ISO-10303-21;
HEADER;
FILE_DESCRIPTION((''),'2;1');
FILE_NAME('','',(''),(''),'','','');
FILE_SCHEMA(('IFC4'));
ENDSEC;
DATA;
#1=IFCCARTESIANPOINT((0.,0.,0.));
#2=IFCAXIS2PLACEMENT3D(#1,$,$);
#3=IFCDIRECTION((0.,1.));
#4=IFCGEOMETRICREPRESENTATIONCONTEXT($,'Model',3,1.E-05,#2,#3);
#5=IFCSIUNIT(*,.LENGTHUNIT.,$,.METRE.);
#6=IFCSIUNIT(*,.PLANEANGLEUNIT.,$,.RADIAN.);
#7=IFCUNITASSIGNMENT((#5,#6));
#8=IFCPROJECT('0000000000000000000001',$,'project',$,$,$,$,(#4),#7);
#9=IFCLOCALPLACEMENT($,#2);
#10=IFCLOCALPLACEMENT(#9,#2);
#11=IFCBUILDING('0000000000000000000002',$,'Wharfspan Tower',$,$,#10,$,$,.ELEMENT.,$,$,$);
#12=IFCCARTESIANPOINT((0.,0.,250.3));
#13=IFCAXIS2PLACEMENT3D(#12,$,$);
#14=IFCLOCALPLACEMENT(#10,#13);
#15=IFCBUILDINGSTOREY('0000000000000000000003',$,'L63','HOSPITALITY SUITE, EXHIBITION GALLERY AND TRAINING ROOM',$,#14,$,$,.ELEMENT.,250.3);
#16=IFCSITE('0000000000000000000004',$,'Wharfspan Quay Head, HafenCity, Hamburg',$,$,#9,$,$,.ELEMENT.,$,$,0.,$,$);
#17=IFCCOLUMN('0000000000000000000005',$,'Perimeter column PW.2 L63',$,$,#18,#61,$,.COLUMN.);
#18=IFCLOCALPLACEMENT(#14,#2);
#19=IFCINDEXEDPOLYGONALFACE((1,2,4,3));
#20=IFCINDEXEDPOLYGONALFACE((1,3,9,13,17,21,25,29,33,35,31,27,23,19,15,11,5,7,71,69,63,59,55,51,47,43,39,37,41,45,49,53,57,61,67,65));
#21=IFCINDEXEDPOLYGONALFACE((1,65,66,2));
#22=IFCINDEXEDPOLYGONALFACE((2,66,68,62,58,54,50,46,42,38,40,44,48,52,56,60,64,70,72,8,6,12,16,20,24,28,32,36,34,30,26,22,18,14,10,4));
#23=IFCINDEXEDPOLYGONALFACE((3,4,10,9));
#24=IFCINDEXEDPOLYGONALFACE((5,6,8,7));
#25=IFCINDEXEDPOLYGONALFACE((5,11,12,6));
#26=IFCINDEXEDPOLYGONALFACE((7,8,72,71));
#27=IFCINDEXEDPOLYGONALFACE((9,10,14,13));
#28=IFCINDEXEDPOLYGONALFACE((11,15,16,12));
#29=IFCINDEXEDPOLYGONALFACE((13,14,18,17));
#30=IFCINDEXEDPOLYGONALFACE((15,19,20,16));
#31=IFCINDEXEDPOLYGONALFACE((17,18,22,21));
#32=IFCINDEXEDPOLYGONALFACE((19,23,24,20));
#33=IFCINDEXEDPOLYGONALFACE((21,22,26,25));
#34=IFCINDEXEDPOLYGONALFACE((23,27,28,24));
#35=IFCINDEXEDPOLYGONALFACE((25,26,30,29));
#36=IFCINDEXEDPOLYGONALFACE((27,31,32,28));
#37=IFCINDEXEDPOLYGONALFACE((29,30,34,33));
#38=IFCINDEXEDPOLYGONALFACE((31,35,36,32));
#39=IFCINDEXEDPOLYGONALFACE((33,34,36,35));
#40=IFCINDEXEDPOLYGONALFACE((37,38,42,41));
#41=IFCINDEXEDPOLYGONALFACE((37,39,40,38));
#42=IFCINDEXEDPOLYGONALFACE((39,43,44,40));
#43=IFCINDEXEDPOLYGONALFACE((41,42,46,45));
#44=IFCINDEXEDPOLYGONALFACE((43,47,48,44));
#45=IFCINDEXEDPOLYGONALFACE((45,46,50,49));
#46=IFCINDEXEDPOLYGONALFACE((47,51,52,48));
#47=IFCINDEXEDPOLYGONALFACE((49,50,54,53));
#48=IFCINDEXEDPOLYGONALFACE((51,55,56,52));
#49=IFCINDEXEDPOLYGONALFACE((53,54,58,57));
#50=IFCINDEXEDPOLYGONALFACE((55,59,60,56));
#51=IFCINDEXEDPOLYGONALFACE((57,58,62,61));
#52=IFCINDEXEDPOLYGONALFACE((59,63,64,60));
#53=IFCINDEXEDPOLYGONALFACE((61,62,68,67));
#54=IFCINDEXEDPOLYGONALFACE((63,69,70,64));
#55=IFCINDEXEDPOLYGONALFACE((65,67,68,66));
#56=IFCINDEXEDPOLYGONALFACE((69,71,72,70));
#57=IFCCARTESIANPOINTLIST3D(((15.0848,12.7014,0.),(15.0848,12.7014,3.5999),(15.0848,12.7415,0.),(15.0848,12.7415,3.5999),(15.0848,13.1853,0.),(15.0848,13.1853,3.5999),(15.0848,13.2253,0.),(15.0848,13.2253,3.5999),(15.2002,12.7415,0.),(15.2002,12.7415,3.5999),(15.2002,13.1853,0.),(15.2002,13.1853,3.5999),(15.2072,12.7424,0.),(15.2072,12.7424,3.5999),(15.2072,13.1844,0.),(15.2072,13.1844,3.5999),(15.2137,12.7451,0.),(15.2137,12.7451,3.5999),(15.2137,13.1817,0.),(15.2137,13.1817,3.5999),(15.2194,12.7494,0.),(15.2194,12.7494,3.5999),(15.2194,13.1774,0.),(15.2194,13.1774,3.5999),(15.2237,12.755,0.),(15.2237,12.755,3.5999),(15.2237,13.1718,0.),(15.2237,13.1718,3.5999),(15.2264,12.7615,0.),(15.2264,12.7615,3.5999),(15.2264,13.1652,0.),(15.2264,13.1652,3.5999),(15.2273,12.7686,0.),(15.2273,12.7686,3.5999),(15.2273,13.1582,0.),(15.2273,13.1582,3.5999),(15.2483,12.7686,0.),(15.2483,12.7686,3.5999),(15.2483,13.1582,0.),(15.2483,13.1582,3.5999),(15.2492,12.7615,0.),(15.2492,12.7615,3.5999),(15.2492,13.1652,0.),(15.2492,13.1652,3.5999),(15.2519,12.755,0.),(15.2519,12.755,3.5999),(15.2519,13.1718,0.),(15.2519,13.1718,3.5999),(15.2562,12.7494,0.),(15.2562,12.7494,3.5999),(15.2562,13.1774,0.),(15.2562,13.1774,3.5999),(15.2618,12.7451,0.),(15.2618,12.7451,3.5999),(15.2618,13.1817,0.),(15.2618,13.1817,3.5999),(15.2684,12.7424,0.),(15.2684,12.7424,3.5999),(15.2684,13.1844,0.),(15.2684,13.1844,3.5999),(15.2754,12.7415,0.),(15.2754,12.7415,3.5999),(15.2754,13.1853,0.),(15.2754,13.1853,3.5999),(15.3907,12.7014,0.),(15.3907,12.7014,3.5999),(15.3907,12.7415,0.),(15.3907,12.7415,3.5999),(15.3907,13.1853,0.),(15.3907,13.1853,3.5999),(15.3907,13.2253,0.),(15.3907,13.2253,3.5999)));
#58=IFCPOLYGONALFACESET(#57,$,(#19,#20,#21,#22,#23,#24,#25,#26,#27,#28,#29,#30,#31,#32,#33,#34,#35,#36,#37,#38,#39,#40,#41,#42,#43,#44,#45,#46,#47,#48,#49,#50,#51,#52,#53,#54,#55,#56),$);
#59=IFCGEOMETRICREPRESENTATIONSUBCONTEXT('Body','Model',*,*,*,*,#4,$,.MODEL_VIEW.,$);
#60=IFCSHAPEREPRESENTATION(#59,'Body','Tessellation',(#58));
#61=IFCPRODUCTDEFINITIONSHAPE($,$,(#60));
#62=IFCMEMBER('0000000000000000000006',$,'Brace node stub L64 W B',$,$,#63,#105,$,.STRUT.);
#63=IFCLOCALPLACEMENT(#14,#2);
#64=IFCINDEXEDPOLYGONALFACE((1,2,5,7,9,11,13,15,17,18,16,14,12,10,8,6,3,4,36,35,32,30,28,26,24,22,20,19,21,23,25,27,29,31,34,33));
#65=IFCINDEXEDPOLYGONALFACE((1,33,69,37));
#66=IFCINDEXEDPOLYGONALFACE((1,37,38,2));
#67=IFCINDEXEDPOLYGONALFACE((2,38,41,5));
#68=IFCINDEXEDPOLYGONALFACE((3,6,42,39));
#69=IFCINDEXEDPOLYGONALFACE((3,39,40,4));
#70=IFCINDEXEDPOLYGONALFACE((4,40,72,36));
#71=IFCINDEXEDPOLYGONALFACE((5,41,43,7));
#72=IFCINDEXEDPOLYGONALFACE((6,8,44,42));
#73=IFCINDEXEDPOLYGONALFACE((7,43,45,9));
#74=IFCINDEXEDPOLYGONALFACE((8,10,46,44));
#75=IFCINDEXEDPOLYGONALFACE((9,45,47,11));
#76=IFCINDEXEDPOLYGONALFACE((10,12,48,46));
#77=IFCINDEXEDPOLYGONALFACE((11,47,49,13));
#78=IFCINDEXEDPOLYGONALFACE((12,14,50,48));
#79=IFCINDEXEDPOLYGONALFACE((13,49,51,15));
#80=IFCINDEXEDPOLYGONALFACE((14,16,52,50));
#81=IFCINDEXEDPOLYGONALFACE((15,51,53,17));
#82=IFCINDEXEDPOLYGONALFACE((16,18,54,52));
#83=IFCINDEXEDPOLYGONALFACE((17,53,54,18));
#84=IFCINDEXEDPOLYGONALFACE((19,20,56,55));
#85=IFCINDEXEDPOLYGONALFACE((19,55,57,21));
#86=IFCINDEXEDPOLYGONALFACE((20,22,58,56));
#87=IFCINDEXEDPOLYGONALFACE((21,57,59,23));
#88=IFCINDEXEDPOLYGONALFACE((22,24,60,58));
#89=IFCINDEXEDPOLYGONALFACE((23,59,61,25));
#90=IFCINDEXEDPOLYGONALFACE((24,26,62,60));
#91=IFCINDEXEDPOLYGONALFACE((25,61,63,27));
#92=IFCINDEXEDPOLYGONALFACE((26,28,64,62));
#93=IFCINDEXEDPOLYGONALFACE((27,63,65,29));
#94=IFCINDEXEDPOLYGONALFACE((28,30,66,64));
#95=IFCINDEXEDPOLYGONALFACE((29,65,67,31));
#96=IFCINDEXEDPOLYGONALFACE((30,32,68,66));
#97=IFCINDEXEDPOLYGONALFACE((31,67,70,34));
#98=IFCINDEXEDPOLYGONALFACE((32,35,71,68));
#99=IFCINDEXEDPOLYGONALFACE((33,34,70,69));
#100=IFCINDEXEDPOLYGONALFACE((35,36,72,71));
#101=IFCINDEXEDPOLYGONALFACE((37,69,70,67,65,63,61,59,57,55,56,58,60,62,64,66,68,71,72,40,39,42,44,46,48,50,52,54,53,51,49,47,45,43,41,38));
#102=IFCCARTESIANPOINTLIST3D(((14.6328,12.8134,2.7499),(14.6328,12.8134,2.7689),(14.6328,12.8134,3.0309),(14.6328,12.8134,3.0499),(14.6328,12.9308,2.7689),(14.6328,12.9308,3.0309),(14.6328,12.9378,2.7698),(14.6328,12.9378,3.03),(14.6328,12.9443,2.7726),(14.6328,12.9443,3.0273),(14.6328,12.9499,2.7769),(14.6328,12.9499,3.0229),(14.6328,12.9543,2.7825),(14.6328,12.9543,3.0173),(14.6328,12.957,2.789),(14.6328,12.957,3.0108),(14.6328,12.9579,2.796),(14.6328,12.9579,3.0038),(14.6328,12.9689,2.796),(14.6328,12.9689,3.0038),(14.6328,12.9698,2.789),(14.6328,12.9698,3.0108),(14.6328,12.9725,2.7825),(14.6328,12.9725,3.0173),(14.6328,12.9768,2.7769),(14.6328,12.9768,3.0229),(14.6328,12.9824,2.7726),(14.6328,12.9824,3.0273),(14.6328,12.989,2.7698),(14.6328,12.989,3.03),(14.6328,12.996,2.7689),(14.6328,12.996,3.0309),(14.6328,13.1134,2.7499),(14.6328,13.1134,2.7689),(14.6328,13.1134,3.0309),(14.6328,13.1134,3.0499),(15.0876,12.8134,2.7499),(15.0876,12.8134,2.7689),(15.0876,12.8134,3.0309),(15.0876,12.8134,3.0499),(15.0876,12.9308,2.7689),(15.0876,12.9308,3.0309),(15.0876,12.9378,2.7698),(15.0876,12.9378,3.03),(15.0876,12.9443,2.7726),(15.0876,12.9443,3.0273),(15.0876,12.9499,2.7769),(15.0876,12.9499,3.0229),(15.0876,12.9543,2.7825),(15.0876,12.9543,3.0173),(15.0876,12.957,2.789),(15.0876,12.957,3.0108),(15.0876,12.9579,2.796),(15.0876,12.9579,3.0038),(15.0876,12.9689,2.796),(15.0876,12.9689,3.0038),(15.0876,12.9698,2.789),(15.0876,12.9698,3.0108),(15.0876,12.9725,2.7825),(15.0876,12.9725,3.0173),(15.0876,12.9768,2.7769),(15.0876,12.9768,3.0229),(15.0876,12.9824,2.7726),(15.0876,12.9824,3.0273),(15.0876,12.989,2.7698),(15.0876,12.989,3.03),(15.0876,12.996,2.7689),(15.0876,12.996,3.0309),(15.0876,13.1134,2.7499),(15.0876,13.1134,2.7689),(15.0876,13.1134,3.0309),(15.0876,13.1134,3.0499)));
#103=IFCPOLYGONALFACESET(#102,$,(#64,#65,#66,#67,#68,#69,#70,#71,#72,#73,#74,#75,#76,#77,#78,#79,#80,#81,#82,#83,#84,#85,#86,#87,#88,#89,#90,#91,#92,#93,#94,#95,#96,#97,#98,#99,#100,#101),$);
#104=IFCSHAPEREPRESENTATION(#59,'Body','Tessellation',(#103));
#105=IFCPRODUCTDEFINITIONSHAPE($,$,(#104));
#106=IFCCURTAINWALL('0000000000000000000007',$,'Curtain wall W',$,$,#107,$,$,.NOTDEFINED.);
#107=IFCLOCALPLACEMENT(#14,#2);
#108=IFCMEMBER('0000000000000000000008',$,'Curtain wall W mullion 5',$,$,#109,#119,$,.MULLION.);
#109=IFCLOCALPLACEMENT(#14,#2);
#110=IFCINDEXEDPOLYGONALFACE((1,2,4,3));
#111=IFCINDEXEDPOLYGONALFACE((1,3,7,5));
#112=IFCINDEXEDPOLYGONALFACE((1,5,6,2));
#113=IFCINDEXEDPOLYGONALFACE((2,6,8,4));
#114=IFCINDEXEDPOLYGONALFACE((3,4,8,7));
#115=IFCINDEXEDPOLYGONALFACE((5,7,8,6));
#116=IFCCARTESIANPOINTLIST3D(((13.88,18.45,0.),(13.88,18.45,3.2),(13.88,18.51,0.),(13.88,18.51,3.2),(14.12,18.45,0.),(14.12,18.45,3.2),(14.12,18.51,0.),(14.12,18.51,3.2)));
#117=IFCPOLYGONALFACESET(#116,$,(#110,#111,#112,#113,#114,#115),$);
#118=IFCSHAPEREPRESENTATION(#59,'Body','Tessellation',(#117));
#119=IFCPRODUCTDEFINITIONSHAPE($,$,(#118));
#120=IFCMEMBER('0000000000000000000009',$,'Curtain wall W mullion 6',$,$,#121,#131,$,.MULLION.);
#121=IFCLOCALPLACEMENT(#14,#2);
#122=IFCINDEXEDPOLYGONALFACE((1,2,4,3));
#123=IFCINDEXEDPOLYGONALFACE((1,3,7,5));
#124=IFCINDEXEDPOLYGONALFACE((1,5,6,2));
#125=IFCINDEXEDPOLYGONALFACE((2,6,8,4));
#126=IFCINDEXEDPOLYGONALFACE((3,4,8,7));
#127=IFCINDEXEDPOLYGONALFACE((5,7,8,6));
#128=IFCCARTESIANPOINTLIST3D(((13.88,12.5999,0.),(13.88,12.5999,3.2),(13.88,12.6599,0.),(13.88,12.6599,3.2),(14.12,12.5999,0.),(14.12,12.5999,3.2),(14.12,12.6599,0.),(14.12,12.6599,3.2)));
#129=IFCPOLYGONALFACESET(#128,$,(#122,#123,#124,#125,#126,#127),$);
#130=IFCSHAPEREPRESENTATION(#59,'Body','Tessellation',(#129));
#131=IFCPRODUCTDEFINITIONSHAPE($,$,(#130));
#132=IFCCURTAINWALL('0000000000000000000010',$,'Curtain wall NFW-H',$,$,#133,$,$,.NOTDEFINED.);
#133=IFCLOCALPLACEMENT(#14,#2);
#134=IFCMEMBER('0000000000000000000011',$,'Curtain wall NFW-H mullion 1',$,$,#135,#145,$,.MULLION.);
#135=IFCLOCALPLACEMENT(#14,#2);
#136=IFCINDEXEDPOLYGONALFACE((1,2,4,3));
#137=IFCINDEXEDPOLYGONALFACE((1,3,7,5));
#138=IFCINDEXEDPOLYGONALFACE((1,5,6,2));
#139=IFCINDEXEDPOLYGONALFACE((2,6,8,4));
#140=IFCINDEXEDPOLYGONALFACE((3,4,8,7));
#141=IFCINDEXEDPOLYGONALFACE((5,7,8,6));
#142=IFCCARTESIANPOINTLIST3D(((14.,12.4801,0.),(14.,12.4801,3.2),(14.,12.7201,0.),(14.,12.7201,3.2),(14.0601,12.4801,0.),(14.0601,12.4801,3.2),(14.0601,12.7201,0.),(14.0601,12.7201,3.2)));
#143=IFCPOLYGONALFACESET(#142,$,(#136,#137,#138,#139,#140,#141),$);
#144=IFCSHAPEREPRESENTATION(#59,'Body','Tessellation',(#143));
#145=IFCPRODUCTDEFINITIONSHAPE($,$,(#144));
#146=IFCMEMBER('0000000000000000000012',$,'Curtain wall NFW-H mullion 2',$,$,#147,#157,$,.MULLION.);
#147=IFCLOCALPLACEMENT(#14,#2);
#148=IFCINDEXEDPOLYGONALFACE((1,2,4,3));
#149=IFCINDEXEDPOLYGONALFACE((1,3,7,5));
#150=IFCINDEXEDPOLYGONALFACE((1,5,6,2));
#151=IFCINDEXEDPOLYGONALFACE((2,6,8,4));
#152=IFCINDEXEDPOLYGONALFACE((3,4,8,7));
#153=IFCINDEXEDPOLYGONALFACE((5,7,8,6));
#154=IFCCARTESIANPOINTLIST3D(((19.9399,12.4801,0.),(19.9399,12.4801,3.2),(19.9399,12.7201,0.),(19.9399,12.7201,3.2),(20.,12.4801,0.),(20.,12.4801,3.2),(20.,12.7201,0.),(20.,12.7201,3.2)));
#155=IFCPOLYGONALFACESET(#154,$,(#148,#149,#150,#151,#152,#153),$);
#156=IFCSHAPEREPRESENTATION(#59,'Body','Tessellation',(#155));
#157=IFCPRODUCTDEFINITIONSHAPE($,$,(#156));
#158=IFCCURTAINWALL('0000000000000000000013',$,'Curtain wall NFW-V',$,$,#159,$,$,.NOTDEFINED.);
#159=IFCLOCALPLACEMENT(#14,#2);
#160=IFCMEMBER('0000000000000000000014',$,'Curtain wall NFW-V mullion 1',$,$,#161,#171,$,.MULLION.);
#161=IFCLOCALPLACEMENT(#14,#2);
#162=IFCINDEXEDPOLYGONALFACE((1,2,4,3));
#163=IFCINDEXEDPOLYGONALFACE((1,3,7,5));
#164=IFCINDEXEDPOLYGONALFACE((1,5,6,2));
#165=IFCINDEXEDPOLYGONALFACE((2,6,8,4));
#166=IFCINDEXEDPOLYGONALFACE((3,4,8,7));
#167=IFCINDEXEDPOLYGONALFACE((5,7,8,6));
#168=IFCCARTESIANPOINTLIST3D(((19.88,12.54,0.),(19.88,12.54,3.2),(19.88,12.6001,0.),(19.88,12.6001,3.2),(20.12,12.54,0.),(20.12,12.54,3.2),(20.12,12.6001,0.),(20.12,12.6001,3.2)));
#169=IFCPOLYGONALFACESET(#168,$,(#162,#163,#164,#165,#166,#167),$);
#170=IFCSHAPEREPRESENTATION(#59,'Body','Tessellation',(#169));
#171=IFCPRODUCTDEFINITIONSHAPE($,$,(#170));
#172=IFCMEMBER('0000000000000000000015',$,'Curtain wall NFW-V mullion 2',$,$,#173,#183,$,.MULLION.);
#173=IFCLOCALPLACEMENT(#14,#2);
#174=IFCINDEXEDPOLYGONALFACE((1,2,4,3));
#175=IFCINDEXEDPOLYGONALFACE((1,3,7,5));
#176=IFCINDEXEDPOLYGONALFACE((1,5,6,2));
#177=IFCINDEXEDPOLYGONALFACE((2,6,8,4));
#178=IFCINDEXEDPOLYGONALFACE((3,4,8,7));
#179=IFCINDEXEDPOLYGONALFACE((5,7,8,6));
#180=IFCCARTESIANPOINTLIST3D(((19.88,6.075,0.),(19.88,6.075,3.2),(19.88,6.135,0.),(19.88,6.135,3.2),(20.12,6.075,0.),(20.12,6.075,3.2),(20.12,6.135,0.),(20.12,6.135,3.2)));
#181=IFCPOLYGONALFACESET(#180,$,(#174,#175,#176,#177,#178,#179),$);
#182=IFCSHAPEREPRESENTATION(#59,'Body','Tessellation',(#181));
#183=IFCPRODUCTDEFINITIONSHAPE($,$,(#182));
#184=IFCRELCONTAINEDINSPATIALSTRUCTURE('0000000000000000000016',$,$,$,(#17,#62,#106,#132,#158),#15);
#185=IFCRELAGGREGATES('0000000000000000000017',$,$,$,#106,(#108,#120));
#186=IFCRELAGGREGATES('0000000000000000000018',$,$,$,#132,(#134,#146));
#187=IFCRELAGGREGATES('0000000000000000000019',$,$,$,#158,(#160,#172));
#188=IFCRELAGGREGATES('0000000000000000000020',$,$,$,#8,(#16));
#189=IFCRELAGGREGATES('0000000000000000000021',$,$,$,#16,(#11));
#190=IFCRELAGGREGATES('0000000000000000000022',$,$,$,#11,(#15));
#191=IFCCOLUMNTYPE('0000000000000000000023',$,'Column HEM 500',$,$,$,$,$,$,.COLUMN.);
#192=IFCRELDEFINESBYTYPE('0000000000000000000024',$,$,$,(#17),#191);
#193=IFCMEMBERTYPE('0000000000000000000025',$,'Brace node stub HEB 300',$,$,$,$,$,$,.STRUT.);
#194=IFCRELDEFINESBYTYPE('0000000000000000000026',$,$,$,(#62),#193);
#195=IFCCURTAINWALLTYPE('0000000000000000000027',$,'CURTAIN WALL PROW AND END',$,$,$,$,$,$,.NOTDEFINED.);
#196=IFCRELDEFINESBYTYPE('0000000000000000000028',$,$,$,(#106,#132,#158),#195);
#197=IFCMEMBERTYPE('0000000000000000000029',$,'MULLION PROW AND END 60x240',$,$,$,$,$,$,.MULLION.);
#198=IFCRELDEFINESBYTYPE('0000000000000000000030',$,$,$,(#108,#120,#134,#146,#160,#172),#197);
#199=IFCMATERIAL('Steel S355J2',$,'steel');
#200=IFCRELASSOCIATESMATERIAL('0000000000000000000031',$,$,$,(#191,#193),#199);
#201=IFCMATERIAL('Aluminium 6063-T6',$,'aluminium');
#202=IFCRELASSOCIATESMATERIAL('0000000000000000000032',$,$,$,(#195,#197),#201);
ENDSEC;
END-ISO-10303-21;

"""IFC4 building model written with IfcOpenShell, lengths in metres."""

from ifc_helpers import new_model, si_unit, direction, frame, origin, origin_2d, place, context, subcontext, project, spatial, rectangle, i_section, extrude, material, material_profile, profile_set, type_object, element, aggregate, save


model = new_model("IFC4")

# Units and contexts
model_context = context("Model", 3, precision=1e-05, world=origin(), true_north=direction((0.0, 1.0)))
body_context = subcontext(model_context, "Body", "Model", "MODEL_VIEW")
ifc_project = project(units=[si_unit("LENGTHUNIT", "METRE"), si_unit("PLANEANGLEUNIT", "RADIAN")], contexts=[model_context])

# Site, building, storey
site_placement = place(None, origin())
site = spatial("IfcSite", under=ifc_project, at=site_placement, Name="Wharfspan Quay Head, HafenCity, Hamburg", CompositionType="ELEMENT", RefElevation=0.0)
building_placement = place(site_placement, origin())
building = spatial("IfcBuilding", under=site, at=building_placement, Name="Wharfspan Tower", CompositionType="ELEMENT")
storey_placement = place(building_placement, frame((0.0, 0.0, 250.3)))
storey = spatial("IfcBuildingStorey", under=building, at=storey_placement, Name="L63", Description="HOSPITALITY SUITE, EXHIBITION GALLERY AND TRAINING ROOM", CompositionType="ELEMENT", Elevation=250.3)

# Column
ifc_material_1 = material(Name="Steel S355J2", Category="steel")
ifc_material_profile_1 = material_profile(ifc_material_1, i_section(OverallWidth=0.3059, OverallDepth=0.5239, WebThickness=0.021, FlangeThickness=0.04, FilletRadius=0.0271, at=origin_2d()))
ifc_profile_set_1 = profile_set([ifc_material_profile_1], Name="Steel S355J2")
column_type = type_object("IfcColumnType", Name="Column HEM 500", PredefinedType="COLUMN", material=ifc_profile_set_1)
column_placement = place(storey_placement, frame((15.2378, 12.9634, 0.0), z_axis=(0.0, 0.0, 1.0), x_axis=(-1.0, 0.0, 0.0)))
element("IfcColumn", 1, at=column_placement, inside=storey, type_object=column_type, Name="Perimeter column PW.2 L63", PredefinedType="COLUMN", context=body_context, shape_type="SweptSolid", body=[
    extrude(i_section(OverallWidth=0.3059, OverallDepth=0.5239, WebThickness=0.021, FlangeThickness=0.04, FilletRadius=0.0271, at=origin_2d()), origin(), (0.0, 0.0, 1.0), 3.5999),
])

# Member
ifc_material_profile_2 = material_profile(ifc_material_1, i_section(OverallWidth=0.3, OverallDepth=0.3, WebThickness=0.011, FlangeThickness=0.019, FilletRadius=0.0271, at=origin_2d()))
ifc_profile_set_2 = profile_set([ifc_material_profile_2], Name="Steel S355J2")
member_type_1 = type_object("IfcMemberType", Name="Brace node stub HEB 300", PredefinedType="STRUT", material=ifc_profile_set_2)
member_1_placement = place(storey_placement, frame((15.0876, 12.9634, 2.8999), z_axis=(-1.0, 0.0, 0.0), x_axis=(0.0, -1.0, 0.0)))
element("IfcMember", 2, at=member_1_placement, inside=storey, type_object=member_type_1, Name="Brace node stub L64 W B", PredefinedType="STRUT", context=body_context, shape_type="SweptSolid", body=[
    extrude(i_section(OverallWidth=0.3, OverallDepth=0.3, WebThickness=0.011, FlangeThickness=0.019, FilletRadius=0.0271, at=origin_2d()), origin(), (0.0, 0.0, 1.0), 0.4548),
])

# Curtain walls, members
ifc_material_2 = material(Name="Aluminium 6063-T6", Category="aluminium")
curtain_wall_type = type_object("IfcCurtainWallType", Name="CURTAIN WALL PROW AND END", PredefinedType="NOTDEFINED", material=ifc_material_2)
curtain_wall_1_placement = place(storey_placement, origin())
curtain_wall_1 = element("IfcCurtainWall", 3, at=curtain_wall_1_placement, inside=storey, type_object=curtain_wall_type, Name="Curtain wall W", PredefinedType="NOTDEFINED")
ifc_material_profile_3 = material_profile(ifc_material_2, rectangle(XDim=0.24, YDim=0.0601, at=origin_2d()))
ifc_profile_set_3 = profile_set([ifc_material_profile_3], Name="Aluminium 6063-T6")
member_type_2 = type_object("IfcMemberType", Name="MULLION PROW AND END 60x240", PredefinedType="MULLION", material=ifc_profile_set_3)
member_2_placement = place(storey_placement, frame((14.0, 18.48, 0.0), z_axis=(0.0, 0.0, 1.0), x_axis=(1.0, 0.0, 0.0)))
member_2 = element("IfcMember", 4, at=member_2_placement, type_object=member_type_2, Name="Curtain wall W mullion 5", PredefinedType="MULLION", context=body_context, shape_type="SweptSolid", body=[
    extrude(rectangle(XDim=0.24, YDim=0.0601, at=origin_2d()), origin(), (0.0, 0.0, 1.0), 3.2),
])
member_3_placement = place(storey_placement, frame((14.0, 12.6299, 0.0), z_axis=(0.0, 0.0, 1.0), x_axis=(1.0, 0.0, 0.0)))
member_3 = element("IfcMember", 5, at=member_3_placement, type_object=member_type_2, Name="Curtain wall W mullion 6", PredefinedType="MULLION", context=body_context, shape_type="SweptSolid", body=[
    extrude(rectangle(XDim=0.24, YDim=0.0601, at=origin_2d()), origin(), (0.0, 0.0, 1.0), 3.2),
])
curtain_wall_2_placement = place(storey_placement, origin())
curtain_wall_2 = element("IfcCurtainWall", 6, at=curtain_wall_2_placement, inside=storey, type_object=curtain_wall_type, Name="Curtain wall NFW-H", PredefinedType="NOTDEFINED")
member_4_placement = place(storey_placement, frame((14.03, 12.6001, 0.0), z_axis=(0.0, 0.0, 1.0), x_axis=(0.0, 1.0, 0.0)))
member_4 = element("IfcMember", 7, at=member_4_placement, type_object=member_type_2, Name="Curtain wall NFW-H mullion 1", PredefinedType="MULLION", context=body_context, shape_type="SweptSolid", body=[
    extrude(rectangle(XDim=0.24, YDim=0.0601, at=origin_2d()), origin(), (0.0, 0.0, 1.0), 3.2),
])
member_5_placement = place(storey_placement, frame((19.97, 12.6001, 0.0), z_axis=(0.0, 0.0, 1.0), x_axis=(0.0, 1.0, 0.0)))
member_5 = element("IfcMember", 8, at=member_5_placement, type_object=member_type_2, Name="Curtain wall NFW-H mullion 2", PredefinedType="MULLION", context=body_context, shape_type="SweptSolid", body=[
    extrude(rectangle(XDim=0.24, YDim=0.0601, at=origin_2d()), origin(), (0.0, 0.0, 1.0), 3.2),
])
curtain_wall_3_placement = place(storey_placement, origin())
curtain_wall_3 = element("IfcCurtainWall", 9, at=curtain_wall_3_placement, inside=storey, type_object=curtain_wall_type, Name="Curtain wall NFW-V", PredefinedType="NOTDEFINED")
member_6_placement = place(storey_placement, frame((20.0, 12.5701, 0.0), z_axis=(0.0, 0.0, 1.0), x_axis=(1.0, 0.0, 0.0)))
member_6 = element("IfcMember", 10, at=member_6_placement, type_object=member_type_2, Name="Curtain wall NFW-V mullion 1", PredefinedType="MULLION", context=body_context, shape_type="SweptSolid", body=[
    extrude(rectangle(XDim=0.24, YDim=0.0601, at=origin_2d()), origin(), (0.0, 0.0, 1.0), 3.2),
])
member_7_placement = place(storey_placement, frame((20.0, 6.105, 0.0), z_axis=(0.0, 0.0, 1.0), x_axis=(1.0, 0.0, 0.0)))
member_7 = element("IfcMember", 11, at=member_7_placement, type_object=member_type_2, Name="Curtain wall NFW-V mullion 2", PredefinedType="MULLION", context=body_context, shape_type="SweptSolid", body=[
    extrude(rectangle(XDim=0.24, YDim=0.0601, at=origin_2d()), origin(), (0.0, 0.0, 1.0), 3.2),
])

aggregate(curtain_wall_1, [member_2, member_3])
aggregate(curtain_wall_2, [member_4, member_5])
aggregate(curtain_wall_3, [member_6, member_7])

save(model, "model.ifc")
